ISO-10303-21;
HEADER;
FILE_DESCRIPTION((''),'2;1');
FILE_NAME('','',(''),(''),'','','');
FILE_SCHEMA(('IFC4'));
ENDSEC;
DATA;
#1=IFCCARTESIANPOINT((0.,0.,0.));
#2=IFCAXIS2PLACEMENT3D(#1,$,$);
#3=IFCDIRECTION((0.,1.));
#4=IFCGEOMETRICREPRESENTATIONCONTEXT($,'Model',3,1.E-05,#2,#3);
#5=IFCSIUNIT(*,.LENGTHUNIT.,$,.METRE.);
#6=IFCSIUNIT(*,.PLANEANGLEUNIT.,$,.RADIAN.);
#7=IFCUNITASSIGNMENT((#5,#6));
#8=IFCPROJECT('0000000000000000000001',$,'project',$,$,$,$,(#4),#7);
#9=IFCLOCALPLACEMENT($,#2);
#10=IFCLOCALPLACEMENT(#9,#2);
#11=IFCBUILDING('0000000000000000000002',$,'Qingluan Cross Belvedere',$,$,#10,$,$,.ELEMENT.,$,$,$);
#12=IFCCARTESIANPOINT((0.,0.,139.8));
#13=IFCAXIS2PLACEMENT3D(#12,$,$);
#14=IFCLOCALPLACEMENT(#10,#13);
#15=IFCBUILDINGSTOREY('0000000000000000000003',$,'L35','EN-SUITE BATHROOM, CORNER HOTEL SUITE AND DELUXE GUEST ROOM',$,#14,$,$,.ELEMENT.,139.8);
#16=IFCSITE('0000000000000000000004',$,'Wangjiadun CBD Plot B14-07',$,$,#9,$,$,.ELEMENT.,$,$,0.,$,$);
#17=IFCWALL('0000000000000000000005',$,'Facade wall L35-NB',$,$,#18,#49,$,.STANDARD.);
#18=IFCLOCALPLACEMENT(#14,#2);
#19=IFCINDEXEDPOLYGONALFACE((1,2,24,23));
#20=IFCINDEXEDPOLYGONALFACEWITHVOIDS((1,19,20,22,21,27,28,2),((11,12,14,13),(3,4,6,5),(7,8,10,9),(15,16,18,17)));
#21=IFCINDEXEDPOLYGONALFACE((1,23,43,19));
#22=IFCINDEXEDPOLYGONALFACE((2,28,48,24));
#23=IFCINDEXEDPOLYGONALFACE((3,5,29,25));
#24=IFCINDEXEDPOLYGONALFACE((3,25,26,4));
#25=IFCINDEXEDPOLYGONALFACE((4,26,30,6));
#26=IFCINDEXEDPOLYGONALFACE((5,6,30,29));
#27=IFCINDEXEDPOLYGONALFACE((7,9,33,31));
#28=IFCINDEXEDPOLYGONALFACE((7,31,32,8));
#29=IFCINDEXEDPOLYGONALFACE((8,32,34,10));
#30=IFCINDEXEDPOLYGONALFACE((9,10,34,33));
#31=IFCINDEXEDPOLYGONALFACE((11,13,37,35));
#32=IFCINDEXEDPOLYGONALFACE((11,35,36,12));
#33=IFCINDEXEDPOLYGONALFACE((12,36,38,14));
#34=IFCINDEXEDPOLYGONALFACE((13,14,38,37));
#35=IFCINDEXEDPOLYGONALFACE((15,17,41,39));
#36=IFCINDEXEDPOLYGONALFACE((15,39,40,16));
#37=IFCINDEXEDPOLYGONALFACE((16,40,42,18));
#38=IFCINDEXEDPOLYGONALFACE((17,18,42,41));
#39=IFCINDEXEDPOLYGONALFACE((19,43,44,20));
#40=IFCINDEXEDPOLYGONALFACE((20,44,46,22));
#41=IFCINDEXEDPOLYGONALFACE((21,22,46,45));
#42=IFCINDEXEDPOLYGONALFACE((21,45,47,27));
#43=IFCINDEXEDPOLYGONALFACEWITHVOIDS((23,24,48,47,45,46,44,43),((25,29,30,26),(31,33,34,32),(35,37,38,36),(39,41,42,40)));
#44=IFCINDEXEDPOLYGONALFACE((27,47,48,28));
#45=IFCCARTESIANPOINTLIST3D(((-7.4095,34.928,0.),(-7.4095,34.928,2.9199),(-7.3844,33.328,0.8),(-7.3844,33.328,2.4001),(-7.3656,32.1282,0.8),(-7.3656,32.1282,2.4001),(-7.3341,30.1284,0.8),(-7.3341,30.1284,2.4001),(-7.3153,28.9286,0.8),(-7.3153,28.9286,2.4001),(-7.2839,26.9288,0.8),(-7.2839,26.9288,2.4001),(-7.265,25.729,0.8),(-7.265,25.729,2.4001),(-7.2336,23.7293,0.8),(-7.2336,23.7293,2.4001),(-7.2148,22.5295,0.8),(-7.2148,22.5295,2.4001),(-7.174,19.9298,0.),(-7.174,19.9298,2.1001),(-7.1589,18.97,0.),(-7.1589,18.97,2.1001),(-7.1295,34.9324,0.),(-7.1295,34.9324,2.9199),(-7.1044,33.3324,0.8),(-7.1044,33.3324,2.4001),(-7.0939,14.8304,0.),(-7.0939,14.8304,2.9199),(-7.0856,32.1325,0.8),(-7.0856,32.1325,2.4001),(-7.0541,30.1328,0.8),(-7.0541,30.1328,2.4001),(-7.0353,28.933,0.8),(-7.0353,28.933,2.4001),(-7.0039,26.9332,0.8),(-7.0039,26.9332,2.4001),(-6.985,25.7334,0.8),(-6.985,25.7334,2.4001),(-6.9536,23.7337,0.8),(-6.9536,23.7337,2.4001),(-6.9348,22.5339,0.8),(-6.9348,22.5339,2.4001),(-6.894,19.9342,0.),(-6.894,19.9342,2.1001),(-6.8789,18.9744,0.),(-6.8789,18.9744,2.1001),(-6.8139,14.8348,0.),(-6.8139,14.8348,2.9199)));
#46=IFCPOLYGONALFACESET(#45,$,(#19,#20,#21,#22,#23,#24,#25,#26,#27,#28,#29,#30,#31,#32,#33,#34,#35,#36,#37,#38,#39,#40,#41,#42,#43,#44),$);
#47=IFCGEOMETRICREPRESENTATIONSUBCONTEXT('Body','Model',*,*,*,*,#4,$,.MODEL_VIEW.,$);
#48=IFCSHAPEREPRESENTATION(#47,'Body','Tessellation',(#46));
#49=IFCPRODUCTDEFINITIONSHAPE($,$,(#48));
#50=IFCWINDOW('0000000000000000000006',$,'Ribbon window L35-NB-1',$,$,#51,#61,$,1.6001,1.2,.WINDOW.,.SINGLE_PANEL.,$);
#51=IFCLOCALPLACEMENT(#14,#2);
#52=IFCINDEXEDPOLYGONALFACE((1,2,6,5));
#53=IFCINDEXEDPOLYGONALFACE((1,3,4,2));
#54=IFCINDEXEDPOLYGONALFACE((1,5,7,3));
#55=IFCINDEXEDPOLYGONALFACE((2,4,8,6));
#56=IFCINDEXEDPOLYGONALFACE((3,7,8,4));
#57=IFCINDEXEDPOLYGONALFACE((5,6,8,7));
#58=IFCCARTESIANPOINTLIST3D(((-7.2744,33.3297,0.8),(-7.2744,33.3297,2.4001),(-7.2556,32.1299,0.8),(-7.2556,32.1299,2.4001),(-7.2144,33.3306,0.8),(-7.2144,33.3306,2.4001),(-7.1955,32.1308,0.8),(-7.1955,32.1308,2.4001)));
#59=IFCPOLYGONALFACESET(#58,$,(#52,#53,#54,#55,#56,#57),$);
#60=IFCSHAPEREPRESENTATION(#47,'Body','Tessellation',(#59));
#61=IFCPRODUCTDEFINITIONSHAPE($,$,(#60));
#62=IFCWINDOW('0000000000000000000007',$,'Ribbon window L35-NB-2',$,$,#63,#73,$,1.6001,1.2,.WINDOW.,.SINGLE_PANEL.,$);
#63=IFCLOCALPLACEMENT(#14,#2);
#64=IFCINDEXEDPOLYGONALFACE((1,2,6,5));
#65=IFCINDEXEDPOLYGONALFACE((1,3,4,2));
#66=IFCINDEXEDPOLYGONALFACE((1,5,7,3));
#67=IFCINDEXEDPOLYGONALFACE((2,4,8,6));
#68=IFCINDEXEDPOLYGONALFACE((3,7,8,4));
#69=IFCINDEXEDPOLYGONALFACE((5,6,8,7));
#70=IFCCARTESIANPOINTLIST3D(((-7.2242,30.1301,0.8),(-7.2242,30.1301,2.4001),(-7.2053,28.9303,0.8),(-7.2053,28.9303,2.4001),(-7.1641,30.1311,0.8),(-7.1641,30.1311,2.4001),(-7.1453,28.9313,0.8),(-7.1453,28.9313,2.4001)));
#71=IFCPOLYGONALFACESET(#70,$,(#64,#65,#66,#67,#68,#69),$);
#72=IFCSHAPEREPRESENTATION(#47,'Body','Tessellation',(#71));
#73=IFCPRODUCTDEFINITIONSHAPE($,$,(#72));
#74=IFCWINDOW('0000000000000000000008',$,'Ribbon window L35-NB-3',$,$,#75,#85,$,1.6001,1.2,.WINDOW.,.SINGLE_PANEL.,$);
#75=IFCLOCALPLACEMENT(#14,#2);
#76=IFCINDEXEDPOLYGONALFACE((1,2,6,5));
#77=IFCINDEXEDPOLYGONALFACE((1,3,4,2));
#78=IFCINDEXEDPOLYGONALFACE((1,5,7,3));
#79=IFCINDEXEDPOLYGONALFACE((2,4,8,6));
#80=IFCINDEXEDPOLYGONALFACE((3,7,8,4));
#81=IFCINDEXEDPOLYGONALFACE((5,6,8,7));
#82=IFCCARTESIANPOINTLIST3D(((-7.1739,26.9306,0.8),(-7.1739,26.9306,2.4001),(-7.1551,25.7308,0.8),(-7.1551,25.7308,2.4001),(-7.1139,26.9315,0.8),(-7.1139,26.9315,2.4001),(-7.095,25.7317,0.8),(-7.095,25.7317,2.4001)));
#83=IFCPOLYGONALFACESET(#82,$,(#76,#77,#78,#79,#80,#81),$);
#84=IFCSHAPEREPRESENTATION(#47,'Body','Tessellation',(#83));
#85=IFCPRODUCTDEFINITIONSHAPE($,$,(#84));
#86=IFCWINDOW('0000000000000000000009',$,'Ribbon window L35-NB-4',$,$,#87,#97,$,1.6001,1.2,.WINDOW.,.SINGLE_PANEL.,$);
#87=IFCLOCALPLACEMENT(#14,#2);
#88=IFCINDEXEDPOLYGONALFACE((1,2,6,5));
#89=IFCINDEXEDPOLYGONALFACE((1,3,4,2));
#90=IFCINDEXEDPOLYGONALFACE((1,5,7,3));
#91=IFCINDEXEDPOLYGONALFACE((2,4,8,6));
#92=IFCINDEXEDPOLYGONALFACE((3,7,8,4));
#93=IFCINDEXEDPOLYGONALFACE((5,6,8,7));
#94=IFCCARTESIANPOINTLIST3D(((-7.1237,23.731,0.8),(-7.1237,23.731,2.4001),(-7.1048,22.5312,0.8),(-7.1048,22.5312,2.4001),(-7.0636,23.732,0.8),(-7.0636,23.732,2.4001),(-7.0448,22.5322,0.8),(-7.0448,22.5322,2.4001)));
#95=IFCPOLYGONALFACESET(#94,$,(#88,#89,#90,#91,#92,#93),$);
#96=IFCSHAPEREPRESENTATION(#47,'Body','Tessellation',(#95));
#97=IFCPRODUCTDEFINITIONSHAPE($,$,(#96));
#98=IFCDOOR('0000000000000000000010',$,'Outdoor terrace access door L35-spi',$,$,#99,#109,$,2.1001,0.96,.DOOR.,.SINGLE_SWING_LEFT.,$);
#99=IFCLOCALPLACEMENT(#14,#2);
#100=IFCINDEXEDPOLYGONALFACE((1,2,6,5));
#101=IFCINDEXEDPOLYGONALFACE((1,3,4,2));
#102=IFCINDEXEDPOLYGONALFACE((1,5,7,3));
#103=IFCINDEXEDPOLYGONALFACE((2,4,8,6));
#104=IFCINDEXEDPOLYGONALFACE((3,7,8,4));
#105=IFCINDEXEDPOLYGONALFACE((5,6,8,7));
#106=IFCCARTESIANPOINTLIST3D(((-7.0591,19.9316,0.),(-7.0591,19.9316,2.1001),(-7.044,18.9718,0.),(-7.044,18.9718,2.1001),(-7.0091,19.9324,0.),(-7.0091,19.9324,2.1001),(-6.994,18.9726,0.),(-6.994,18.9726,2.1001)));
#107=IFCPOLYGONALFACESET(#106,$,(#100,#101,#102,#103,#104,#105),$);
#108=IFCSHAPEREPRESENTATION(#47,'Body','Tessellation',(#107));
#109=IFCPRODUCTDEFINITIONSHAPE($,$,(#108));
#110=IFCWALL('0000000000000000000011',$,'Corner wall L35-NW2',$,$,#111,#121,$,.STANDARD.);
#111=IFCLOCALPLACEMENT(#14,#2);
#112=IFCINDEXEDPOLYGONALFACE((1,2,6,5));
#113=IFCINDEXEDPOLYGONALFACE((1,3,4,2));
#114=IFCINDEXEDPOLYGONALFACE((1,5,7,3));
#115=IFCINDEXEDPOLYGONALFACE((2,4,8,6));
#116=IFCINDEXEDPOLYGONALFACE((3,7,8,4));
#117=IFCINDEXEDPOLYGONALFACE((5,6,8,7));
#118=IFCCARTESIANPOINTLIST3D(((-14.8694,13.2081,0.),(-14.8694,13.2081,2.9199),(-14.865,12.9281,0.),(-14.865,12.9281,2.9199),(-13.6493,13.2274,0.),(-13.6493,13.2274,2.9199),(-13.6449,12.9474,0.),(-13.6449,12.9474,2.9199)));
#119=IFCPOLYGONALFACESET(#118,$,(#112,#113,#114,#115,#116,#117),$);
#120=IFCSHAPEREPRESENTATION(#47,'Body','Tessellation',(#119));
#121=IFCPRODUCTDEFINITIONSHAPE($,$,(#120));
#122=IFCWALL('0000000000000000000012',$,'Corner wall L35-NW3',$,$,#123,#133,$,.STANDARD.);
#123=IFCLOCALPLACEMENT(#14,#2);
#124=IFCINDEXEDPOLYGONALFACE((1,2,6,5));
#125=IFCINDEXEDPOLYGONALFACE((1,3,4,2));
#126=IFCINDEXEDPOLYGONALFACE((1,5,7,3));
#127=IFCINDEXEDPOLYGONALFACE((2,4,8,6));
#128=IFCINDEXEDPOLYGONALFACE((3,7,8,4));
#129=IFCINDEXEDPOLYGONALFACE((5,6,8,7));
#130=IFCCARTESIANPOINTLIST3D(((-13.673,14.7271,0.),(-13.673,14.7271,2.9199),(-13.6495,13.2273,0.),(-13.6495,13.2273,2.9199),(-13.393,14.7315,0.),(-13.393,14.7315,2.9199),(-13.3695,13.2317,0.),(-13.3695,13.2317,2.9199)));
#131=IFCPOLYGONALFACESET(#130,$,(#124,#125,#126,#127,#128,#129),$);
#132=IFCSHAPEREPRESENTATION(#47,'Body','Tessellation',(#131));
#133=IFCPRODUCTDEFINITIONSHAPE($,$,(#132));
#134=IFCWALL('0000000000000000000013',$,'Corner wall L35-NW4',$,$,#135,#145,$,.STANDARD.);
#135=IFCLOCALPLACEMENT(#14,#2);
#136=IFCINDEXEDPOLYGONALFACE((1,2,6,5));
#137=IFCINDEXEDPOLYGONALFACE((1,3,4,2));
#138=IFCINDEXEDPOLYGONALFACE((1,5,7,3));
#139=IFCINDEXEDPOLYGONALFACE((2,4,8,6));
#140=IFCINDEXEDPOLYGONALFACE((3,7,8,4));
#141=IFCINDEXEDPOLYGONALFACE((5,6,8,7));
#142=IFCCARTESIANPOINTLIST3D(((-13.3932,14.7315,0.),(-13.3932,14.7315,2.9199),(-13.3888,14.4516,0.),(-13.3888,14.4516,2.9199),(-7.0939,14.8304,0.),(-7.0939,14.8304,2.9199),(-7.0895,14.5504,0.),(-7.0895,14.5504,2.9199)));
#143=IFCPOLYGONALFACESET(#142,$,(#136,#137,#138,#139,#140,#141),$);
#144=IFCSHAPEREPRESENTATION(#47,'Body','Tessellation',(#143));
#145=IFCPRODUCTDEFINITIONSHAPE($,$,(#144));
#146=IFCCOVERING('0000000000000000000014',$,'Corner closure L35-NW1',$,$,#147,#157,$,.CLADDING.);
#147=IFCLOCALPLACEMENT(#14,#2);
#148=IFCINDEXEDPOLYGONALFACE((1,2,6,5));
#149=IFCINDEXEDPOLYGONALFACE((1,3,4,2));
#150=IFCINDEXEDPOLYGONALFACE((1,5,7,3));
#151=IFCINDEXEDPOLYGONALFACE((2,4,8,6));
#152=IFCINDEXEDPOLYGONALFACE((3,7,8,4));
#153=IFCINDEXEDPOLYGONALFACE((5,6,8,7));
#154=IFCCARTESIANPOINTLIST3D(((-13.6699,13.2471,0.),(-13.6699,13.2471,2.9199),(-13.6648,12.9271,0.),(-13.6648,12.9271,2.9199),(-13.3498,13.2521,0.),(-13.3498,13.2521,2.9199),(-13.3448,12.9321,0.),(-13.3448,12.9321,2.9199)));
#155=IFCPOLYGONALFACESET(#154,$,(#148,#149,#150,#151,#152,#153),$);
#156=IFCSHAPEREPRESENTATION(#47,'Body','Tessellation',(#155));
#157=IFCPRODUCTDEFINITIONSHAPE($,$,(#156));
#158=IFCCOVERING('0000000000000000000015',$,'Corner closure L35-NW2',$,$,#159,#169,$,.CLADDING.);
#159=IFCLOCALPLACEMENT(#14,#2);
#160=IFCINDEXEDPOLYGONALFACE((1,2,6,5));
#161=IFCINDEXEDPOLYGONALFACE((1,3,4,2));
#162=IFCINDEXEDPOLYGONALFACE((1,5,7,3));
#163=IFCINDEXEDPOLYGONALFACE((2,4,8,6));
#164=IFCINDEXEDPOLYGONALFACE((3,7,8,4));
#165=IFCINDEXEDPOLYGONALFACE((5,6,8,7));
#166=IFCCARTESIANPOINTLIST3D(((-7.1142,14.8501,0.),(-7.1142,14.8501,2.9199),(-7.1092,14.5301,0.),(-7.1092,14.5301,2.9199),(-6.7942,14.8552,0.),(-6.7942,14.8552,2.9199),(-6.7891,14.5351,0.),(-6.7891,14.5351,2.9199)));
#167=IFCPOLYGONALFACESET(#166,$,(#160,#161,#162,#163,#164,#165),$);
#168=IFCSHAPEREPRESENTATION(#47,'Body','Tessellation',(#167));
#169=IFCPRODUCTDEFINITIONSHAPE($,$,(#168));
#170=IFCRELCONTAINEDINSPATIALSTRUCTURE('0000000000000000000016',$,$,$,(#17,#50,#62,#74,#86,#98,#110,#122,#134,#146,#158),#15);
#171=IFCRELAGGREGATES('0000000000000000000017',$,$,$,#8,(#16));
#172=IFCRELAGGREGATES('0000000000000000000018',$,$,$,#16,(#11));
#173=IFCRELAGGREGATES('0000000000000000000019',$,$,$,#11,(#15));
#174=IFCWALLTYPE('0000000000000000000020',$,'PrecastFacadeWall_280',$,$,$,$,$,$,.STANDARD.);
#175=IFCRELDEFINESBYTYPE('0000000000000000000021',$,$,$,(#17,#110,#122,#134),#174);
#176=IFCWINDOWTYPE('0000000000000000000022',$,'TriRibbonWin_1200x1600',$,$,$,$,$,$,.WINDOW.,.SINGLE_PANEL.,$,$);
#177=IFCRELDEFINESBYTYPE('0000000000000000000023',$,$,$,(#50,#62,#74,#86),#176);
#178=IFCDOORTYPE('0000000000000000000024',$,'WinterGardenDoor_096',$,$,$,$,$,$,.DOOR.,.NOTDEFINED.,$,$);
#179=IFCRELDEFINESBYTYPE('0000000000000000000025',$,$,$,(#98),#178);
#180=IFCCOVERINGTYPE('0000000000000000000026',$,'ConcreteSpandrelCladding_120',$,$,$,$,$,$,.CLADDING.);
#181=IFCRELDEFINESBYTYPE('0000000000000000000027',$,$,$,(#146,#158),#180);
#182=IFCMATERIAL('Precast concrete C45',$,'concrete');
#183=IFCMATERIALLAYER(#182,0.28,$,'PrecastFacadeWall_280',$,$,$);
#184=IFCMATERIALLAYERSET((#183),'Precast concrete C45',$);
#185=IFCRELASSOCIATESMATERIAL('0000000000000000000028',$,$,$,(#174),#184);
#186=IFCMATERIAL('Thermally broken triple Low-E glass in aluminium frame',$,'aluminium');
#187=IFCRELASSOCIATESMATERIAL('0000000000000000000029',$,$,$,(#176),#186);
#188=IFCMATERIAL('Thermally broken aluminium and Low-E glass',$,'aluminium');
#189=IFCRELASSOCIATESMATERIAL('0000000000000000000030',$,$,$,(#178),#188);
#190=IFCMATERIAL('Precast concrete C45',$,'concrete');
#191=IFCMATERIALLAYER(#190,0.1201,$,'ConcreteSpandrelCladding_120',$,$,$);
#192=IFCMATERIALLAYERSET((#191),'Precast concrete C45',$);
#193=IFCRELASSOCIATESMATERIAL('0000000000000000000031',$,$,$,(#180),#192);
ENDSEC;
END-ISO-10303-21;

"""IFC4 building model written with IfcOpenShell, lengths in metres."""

from ifc_helpers import new_model, si_unit, direction, frame, frame_2d, origin, origin_2d, place, context, subcontext, project, spatial, rectangle, extrude, material, layer, layer_set, type_object, element, fill, save


model = new_model("IFC4")

# Units and contexts
model_context = context("Model", 3, precision=1e-05, world=origin(), true_north=direction((0.0, 1.0)))
body_context = subcontext(model_context, "Body", "Model", "MODEL_VIEW")
ifc_project = project(units=[si_unit("LENGTHUNIT", "METRE"), si_unit("PLANEANGLEUNIT", "RADIAN")], contexts=[model_context])

# Site, building, storey
site_placement = place(None, origin())
site = spatial("IfcSite", under=ifc_project, at=site_placement, Name="Wangjiadun CBD Plot B14-07", CompositionType="ELEMENT", RefElevation=0.0)
building_placement = place(site_placement, origin())
building = spatial("IfcBuilding", under=site, at=building_placement, Name="Qingluan Cross Belvedere", CompositionType="ELEMENT")
storey_placement = place(building_placement, frame((0.0, 0.0, 139.8)))
storey = spatial("IfcBuildingStorey", under=building, at=storey_placement, Name="L35", Description="EN-SUITE BATHROOM, CORNER HOTEL SUITE AND DELUXE GUEST ROOM", CompositionType="ELEMENT", Elevation=139.8)

# Wall, openings, windows, door
ifc_material_1 = material(Name="Precast concrete C45", Category="concrete")
ifc_layer_1 = layer(ifc_material_1, 0.28, Name="PrecastFacadeWall_280")
ifc_layer_set_1 = layer_set([ifc_layer_1], Name="Precast concrete C45")
wall_type_1 = type_object("IfcWallType", Name="PrecastFacadeWall_280", PredefinedType="STANDARD", material=ifc_layer_set_1)
wall_1_placement = place(storey_placement, frame((-7.2695, 34.9302, 0.0), z_axis=(0.0, 0.0, 1.0), x_axis=(0.015705, -0.999877, 0.0)))
wall_1 = element("IfcWall", 1, at=wall_1_placement, inside=storey, type_object=wall_type_1, Name="Facade wall L35-NB", PredefinedType="STANDARD", context=body_context, shape_type="SweptSolid", body=[
    extrude(rectangle(XDim=20.1001, YDim=0.28, at=frame_2d((10.05, 0.0))), origin(), (0.0, 0.0, 1.0), 2.9199),
])
opening_1_placement = place(wall_1_placement, frame((1.6001, 0.0, 0.8)))
opening_1 = element("IfcOpeningElement", 2, at=opening_1_placement, cuts=wall_1, PredefinedType="OPENING", context=body_context, shape_type="SweptSolid", body=[
    extrude(rectangle(XDim=1.2, YDim=1.6001, at=frame_2d((0.6001, 0.8))), frame((0.0, 0.1499, 0.0), z_axis=(0.0, -1.0, 0.0), x_axis=(1.0, 0.0, 0.0)), (0.0, 0.0, 1.0), 0.3),
])
opening_2_placement = place(wall_1_placement, frame((4.8, 0.0, 0.8)))
opening_2 = element("IfcOpeningElement", 3, at=opening_2_placement, cuts=wall_1, PredefinedType="OPENING", context=body_context, shape_type="SweptSolid", body=[
    extrude(rectangle(XDim=1.2, YDim=1.6001, at=frame_2d((0.6001, 0.8))), frame((0.0, 0.1499, 0.0), z_axis=(0.0, -1.0, 0.0), x_axis=(1.0, 0.0, 0.0)), (0.0, 0.0, 1.0), 0.3),
])
opening_3_placement = place(wall_1_placement, frame((8.0, 0.0, 0.8)))
opening_3 = element("IfcOpeningElement", 4, at=opening_3_placement, cuts=wall_1, PredefinedType="OPENING", context=body_context, shape_type="SweptSolid", body=[
    extrude(rectangle(XDim=1.2, YDim=1.6001, at=frame_2d((0.6001, 0.8))), frame((0.0, 0.1499, 0.0), z_axis=(0.0, -1.0, 0.0), x_axis=(1.0, 0.0, 0.0)), (0.0, 0.0, 1.0), 0.3),
])
opening_4_placement = place(wall_1_placement, frame((11.2, 0.0, 0.8)))
opening_4 = element("IfcOpeningElement", 5, at=opening_4_placement, cuts=wall_1, PredefinedType="OPENING", context=body_context, shape_type="SweptSolid", body=[
    extrude(rectangle(XDim=1.2, YDim=1.6001, at=frame_2d((0.6001, 0.8))), frame((0.0, 0.1499, 0.0), z_axis=(0.0, -1.0, 0.0), x_axis=(1.0, 0.0, 0.0)), (0.0, 0.0, 1.0), 0.3),
])
opening_5_placement = place(wall_1_placement, frame((15.0, 0.0, 0.0)))
opening_5 = element("IfcOpeningElement", 6, at=opening_5_placement, cuts=wall_1, PredefinedType="OPENING", context=body_context, shape_type="SweptSolid", body=[
    extrude(rectangle(XDim=0.96, YDim=2.1001, at=frame_2d((0.48, 1.05))), frame((0.0, 0.1499, 0.0), z_axis=(0.0, -1.0, 0.0), x_axis=(1.0, 0.0, 0.0)), (0.0, 0.0, 1.0), 0.3),
])
ifc_material_2 = material(Name="Thermally broken triple Low-E glass in aluminium frame", Category="aluminium")
window_type = type_object("IfcWindowType", Name="TriRibbonWin_1200x1600", PartitioningType="SINGLE_PANEL", PredefinedType="WINDOW", material=ifc_material_2)
window_1_placement = place(opening_1_placement, origin())
window_1 = element("IfcWindow", 7, at=window_1_placement, inside=storey, type_object=window_type, Name="Ribbon window L35-NB-1", OverallHeight=1.6001, OverallWidth=1.2, PartitioningType="SINGLE_PANEL", PredefinedType="WINDOW", context=body_context, shape_type="SweptSolid", body=[
    extrude(rectangle(XDim=1.2, YDim=1.6001, at=frame_2d((0.6001, 0.8))), frame((0.0, 0.03, 0.0), z_axis=(0.0, -1.0, 0.0), x_axis=(1.0, 0.0, 0.0)), (0.0, 0.0, 1.0), 0.0601),
])
fill(opening_1, window_1)
window_2_placement = place(opening_2_placement, origin())
window_2 = element("IfcWindow", 8, at=window_2_placement, inside=storey, type_object=window_type, Name="Ribbon window L35-NB-2", OverallHeight=1.6001, OverallWidth=1.2, PartitioningType="SINGLE_PANEL", PredefinedType="WINDOW", context=body_context, shape_type="SweptSolid", body=[
    extrude(rectangle(XDim=1.2, YDim=1.6001, at=frame_2d((0.6001, 0.8))), frame((0.0, 0.03, 0.0), z_axis=(0.0, -1.0, 0.0), x_axis=(1.0, 0.0, 0.0)), (0.0, 0.0, 1.0), 0.0601),
])
fill(opening_2, window_2)
window_3_placement = place(opening_3_placement, origin())
window_3 = element("IfcWindow", 9, at=window_3_placement, inside=storey, type_object=window_type, Name="Ribbon window L35-NB-3", OverallHeight=1.6001, OverallWidth=1.2, PartitioningType="SINGLE_PANEL", PredefinedType="WINDOW", context=body_context, shape_type="SweptSolid", body=[
    extrude(rectangle(XDim=1.2, YDim=1.6001, at=frame_2d((0.6001, 0.8))), frame((0.0, 0.03, 0.0), z_axis=(0.0, -1.0, 0.0), x_axis=(1.0, 0.0, 0.0)), (0.0, 0.0, 1.0), 0.0601),
])
fill(opening_3, window_3)
window_4_placement = place(opening_4_placement, origin())
window_4 = element("IfcWindow", 10, at=window_4_placement, inside=storey, type_object=window_type, Name="Ribbon window L35-NB-4", OverallHeight=1.6001, OverallWidth=1.2, PartitioningType="SINGLE_PANEL", PredefinedType="WINDOW", context=body_context, shape_type="SweptSolid", body=[
    extrude(rectangle(XDim=1.2, YDim=1.6001, at=frame_2d((0.6001, 0.8))), frame((0.0, 0.03, 0.0), z_axis=(0.0, -1.0, 0.0), x_axis=(1.0, 0.0, 0.0)), (0.0, 0.0, 1.0), 0.0601),
])
fill(opening_4, window_4)
ifc_material_3 = material(Name="Thermally broken aluminium and Low-E glass", Category="aluminium")
door_type_1 = type_object("IfcDoorType", Name="WinterGardenDoor_096", OperationType="NOTDEFINED", PredefinedType="DOOR", material=ifc_material_3)
door_1_placement = place(opening_5_placement, origin())
door_1 = element("IfcDoor", 11, at=door_1_placement, inside=storey, type_object=door_type_1, Name="Outdoor terrace access door L35-spi", OperationType="SINGLE_SWING_LEFT", OverallHeight=2.1001, OverallWidth=0.96, PredefinedType="DOOR", context=body_context, shape_type="SweptSolid", body=[
    extrude(rectangle(XDim=0.96, YDim=2.1001, at=frame_2d((0.48, 1.05))), frame((0.0, 0.0249, 0.0), z_axis=(0.0, -1.0, 0.0), x_axis=(1.0, 0.0, 0.0)), (0.0, 0.0, 1.0), 0.05),
])
fill(opening_5, door_1)

# Walls
wall_2_placement = place(storey_placement, frame((-14.8672, 13.0681, 0.0), z_axis=(0.0, 0.0, 1.0), x_axis=(0.999875, 0.015808, 0.0)))
element("IfcWall", 12, at=wall_2_placement, inside=storey, type_object=wall_type_1, Name="Corner wall L35-NW2", PredefinedType="STANDARD", context=body_context, shape_type="SweptSolid", body=[
    extrude(rectangle(XDim=1.2202, YDim=0.28, at=frame_2d((0.6101, 0.0))), origin(), (0.0, 0.0, 1.0), 2.9199),
])
wall_3_placement = place(storey_placement, frame((-13.5095, 13.2295, 0.0), z_axis=(0.0, 0.0, 1.0), x_axis=(-0.015626, 0.999878, 0.0)))
element("IfcWall", 13, at=wall_3_placement, inside=storey, type_object=wall_type_1, Name="Corner wall L35-NW3", PredefinedType="STANDARD", context=body_context, shape_type="SweptSolid", body=[
    extrude(rectangle(XDim=1.5, YDim=0.28, at=frame_2d((0.75, 0.0))), origin(), (0.0, 0.0, 1.0), 2.9199),
])
wall_4_placement = place(storey_placement, frame((-13.3909, 14.5916, 0.0), z_axis=(0.0, 0.0, 1.0), x_axis=(0.999877, 0.015695, 0.0)))
element("IfcWall", 14, at=wall_4_placement, inside=storey, type_object=wall_type_1, Name="Corner wall L35-NW4", PredefinedType="STANDARD", context=body_context, shape_type="SweptSolid", body=[
    extrude(rectangle(XDim=6.3, YDim=0.28, at=frame_2d((3.1499, 0.0))), origin(), (0.0, 0.0, 1.0), 2.9199),
])

# Coverings
ifc_material_4 = material(Name="Precast concrete C45", Category="concrete")
ifc_layer_2 = layer(ifc_material_4, 0.1201, Name="ConcreteSpandrelCladding_120")
ifc_layer_set_2 = layer_set([ifc_layer_2], Name="Precast concrete C45")
covering_type_1 = type_object("IfcCoveringType", Name="ConcreteSpandrelCladding_120", PredefinedType="CLADDING", material=ifc_layer_set_2)
for number, where, z_axis, x_axis, name in (
    (15, (-13.5073, 13.0896, 0.0), (0.0, 0.0, 1.0), (0.999877, 0.015707, 0.0), "Corner closure L35-NW1"),
    (16, (-6.9517, 14.6926, 0.0), (0.0, 0.0, 1.0), (0.999877, 0.015707, 0.0), "Corner closure L35-NW2"),
):
    element("IfcCovering", number, at=place(storey_placement, frame(where, z_axis=z_axis, x_axis=x_axis)), inside=storey, type_object=covering_type_1, Name=name, PredefinedType="CLADDING", context=body_context, shape_type="SweptSolid", body=[
        extrude(rectangle(XDim=0.3201, YDim=0.3201, at=origin_2d()), origin(), (0.0, 0.0, 1.0), 2.9199),
    ])

save(model, "model.ifc")
